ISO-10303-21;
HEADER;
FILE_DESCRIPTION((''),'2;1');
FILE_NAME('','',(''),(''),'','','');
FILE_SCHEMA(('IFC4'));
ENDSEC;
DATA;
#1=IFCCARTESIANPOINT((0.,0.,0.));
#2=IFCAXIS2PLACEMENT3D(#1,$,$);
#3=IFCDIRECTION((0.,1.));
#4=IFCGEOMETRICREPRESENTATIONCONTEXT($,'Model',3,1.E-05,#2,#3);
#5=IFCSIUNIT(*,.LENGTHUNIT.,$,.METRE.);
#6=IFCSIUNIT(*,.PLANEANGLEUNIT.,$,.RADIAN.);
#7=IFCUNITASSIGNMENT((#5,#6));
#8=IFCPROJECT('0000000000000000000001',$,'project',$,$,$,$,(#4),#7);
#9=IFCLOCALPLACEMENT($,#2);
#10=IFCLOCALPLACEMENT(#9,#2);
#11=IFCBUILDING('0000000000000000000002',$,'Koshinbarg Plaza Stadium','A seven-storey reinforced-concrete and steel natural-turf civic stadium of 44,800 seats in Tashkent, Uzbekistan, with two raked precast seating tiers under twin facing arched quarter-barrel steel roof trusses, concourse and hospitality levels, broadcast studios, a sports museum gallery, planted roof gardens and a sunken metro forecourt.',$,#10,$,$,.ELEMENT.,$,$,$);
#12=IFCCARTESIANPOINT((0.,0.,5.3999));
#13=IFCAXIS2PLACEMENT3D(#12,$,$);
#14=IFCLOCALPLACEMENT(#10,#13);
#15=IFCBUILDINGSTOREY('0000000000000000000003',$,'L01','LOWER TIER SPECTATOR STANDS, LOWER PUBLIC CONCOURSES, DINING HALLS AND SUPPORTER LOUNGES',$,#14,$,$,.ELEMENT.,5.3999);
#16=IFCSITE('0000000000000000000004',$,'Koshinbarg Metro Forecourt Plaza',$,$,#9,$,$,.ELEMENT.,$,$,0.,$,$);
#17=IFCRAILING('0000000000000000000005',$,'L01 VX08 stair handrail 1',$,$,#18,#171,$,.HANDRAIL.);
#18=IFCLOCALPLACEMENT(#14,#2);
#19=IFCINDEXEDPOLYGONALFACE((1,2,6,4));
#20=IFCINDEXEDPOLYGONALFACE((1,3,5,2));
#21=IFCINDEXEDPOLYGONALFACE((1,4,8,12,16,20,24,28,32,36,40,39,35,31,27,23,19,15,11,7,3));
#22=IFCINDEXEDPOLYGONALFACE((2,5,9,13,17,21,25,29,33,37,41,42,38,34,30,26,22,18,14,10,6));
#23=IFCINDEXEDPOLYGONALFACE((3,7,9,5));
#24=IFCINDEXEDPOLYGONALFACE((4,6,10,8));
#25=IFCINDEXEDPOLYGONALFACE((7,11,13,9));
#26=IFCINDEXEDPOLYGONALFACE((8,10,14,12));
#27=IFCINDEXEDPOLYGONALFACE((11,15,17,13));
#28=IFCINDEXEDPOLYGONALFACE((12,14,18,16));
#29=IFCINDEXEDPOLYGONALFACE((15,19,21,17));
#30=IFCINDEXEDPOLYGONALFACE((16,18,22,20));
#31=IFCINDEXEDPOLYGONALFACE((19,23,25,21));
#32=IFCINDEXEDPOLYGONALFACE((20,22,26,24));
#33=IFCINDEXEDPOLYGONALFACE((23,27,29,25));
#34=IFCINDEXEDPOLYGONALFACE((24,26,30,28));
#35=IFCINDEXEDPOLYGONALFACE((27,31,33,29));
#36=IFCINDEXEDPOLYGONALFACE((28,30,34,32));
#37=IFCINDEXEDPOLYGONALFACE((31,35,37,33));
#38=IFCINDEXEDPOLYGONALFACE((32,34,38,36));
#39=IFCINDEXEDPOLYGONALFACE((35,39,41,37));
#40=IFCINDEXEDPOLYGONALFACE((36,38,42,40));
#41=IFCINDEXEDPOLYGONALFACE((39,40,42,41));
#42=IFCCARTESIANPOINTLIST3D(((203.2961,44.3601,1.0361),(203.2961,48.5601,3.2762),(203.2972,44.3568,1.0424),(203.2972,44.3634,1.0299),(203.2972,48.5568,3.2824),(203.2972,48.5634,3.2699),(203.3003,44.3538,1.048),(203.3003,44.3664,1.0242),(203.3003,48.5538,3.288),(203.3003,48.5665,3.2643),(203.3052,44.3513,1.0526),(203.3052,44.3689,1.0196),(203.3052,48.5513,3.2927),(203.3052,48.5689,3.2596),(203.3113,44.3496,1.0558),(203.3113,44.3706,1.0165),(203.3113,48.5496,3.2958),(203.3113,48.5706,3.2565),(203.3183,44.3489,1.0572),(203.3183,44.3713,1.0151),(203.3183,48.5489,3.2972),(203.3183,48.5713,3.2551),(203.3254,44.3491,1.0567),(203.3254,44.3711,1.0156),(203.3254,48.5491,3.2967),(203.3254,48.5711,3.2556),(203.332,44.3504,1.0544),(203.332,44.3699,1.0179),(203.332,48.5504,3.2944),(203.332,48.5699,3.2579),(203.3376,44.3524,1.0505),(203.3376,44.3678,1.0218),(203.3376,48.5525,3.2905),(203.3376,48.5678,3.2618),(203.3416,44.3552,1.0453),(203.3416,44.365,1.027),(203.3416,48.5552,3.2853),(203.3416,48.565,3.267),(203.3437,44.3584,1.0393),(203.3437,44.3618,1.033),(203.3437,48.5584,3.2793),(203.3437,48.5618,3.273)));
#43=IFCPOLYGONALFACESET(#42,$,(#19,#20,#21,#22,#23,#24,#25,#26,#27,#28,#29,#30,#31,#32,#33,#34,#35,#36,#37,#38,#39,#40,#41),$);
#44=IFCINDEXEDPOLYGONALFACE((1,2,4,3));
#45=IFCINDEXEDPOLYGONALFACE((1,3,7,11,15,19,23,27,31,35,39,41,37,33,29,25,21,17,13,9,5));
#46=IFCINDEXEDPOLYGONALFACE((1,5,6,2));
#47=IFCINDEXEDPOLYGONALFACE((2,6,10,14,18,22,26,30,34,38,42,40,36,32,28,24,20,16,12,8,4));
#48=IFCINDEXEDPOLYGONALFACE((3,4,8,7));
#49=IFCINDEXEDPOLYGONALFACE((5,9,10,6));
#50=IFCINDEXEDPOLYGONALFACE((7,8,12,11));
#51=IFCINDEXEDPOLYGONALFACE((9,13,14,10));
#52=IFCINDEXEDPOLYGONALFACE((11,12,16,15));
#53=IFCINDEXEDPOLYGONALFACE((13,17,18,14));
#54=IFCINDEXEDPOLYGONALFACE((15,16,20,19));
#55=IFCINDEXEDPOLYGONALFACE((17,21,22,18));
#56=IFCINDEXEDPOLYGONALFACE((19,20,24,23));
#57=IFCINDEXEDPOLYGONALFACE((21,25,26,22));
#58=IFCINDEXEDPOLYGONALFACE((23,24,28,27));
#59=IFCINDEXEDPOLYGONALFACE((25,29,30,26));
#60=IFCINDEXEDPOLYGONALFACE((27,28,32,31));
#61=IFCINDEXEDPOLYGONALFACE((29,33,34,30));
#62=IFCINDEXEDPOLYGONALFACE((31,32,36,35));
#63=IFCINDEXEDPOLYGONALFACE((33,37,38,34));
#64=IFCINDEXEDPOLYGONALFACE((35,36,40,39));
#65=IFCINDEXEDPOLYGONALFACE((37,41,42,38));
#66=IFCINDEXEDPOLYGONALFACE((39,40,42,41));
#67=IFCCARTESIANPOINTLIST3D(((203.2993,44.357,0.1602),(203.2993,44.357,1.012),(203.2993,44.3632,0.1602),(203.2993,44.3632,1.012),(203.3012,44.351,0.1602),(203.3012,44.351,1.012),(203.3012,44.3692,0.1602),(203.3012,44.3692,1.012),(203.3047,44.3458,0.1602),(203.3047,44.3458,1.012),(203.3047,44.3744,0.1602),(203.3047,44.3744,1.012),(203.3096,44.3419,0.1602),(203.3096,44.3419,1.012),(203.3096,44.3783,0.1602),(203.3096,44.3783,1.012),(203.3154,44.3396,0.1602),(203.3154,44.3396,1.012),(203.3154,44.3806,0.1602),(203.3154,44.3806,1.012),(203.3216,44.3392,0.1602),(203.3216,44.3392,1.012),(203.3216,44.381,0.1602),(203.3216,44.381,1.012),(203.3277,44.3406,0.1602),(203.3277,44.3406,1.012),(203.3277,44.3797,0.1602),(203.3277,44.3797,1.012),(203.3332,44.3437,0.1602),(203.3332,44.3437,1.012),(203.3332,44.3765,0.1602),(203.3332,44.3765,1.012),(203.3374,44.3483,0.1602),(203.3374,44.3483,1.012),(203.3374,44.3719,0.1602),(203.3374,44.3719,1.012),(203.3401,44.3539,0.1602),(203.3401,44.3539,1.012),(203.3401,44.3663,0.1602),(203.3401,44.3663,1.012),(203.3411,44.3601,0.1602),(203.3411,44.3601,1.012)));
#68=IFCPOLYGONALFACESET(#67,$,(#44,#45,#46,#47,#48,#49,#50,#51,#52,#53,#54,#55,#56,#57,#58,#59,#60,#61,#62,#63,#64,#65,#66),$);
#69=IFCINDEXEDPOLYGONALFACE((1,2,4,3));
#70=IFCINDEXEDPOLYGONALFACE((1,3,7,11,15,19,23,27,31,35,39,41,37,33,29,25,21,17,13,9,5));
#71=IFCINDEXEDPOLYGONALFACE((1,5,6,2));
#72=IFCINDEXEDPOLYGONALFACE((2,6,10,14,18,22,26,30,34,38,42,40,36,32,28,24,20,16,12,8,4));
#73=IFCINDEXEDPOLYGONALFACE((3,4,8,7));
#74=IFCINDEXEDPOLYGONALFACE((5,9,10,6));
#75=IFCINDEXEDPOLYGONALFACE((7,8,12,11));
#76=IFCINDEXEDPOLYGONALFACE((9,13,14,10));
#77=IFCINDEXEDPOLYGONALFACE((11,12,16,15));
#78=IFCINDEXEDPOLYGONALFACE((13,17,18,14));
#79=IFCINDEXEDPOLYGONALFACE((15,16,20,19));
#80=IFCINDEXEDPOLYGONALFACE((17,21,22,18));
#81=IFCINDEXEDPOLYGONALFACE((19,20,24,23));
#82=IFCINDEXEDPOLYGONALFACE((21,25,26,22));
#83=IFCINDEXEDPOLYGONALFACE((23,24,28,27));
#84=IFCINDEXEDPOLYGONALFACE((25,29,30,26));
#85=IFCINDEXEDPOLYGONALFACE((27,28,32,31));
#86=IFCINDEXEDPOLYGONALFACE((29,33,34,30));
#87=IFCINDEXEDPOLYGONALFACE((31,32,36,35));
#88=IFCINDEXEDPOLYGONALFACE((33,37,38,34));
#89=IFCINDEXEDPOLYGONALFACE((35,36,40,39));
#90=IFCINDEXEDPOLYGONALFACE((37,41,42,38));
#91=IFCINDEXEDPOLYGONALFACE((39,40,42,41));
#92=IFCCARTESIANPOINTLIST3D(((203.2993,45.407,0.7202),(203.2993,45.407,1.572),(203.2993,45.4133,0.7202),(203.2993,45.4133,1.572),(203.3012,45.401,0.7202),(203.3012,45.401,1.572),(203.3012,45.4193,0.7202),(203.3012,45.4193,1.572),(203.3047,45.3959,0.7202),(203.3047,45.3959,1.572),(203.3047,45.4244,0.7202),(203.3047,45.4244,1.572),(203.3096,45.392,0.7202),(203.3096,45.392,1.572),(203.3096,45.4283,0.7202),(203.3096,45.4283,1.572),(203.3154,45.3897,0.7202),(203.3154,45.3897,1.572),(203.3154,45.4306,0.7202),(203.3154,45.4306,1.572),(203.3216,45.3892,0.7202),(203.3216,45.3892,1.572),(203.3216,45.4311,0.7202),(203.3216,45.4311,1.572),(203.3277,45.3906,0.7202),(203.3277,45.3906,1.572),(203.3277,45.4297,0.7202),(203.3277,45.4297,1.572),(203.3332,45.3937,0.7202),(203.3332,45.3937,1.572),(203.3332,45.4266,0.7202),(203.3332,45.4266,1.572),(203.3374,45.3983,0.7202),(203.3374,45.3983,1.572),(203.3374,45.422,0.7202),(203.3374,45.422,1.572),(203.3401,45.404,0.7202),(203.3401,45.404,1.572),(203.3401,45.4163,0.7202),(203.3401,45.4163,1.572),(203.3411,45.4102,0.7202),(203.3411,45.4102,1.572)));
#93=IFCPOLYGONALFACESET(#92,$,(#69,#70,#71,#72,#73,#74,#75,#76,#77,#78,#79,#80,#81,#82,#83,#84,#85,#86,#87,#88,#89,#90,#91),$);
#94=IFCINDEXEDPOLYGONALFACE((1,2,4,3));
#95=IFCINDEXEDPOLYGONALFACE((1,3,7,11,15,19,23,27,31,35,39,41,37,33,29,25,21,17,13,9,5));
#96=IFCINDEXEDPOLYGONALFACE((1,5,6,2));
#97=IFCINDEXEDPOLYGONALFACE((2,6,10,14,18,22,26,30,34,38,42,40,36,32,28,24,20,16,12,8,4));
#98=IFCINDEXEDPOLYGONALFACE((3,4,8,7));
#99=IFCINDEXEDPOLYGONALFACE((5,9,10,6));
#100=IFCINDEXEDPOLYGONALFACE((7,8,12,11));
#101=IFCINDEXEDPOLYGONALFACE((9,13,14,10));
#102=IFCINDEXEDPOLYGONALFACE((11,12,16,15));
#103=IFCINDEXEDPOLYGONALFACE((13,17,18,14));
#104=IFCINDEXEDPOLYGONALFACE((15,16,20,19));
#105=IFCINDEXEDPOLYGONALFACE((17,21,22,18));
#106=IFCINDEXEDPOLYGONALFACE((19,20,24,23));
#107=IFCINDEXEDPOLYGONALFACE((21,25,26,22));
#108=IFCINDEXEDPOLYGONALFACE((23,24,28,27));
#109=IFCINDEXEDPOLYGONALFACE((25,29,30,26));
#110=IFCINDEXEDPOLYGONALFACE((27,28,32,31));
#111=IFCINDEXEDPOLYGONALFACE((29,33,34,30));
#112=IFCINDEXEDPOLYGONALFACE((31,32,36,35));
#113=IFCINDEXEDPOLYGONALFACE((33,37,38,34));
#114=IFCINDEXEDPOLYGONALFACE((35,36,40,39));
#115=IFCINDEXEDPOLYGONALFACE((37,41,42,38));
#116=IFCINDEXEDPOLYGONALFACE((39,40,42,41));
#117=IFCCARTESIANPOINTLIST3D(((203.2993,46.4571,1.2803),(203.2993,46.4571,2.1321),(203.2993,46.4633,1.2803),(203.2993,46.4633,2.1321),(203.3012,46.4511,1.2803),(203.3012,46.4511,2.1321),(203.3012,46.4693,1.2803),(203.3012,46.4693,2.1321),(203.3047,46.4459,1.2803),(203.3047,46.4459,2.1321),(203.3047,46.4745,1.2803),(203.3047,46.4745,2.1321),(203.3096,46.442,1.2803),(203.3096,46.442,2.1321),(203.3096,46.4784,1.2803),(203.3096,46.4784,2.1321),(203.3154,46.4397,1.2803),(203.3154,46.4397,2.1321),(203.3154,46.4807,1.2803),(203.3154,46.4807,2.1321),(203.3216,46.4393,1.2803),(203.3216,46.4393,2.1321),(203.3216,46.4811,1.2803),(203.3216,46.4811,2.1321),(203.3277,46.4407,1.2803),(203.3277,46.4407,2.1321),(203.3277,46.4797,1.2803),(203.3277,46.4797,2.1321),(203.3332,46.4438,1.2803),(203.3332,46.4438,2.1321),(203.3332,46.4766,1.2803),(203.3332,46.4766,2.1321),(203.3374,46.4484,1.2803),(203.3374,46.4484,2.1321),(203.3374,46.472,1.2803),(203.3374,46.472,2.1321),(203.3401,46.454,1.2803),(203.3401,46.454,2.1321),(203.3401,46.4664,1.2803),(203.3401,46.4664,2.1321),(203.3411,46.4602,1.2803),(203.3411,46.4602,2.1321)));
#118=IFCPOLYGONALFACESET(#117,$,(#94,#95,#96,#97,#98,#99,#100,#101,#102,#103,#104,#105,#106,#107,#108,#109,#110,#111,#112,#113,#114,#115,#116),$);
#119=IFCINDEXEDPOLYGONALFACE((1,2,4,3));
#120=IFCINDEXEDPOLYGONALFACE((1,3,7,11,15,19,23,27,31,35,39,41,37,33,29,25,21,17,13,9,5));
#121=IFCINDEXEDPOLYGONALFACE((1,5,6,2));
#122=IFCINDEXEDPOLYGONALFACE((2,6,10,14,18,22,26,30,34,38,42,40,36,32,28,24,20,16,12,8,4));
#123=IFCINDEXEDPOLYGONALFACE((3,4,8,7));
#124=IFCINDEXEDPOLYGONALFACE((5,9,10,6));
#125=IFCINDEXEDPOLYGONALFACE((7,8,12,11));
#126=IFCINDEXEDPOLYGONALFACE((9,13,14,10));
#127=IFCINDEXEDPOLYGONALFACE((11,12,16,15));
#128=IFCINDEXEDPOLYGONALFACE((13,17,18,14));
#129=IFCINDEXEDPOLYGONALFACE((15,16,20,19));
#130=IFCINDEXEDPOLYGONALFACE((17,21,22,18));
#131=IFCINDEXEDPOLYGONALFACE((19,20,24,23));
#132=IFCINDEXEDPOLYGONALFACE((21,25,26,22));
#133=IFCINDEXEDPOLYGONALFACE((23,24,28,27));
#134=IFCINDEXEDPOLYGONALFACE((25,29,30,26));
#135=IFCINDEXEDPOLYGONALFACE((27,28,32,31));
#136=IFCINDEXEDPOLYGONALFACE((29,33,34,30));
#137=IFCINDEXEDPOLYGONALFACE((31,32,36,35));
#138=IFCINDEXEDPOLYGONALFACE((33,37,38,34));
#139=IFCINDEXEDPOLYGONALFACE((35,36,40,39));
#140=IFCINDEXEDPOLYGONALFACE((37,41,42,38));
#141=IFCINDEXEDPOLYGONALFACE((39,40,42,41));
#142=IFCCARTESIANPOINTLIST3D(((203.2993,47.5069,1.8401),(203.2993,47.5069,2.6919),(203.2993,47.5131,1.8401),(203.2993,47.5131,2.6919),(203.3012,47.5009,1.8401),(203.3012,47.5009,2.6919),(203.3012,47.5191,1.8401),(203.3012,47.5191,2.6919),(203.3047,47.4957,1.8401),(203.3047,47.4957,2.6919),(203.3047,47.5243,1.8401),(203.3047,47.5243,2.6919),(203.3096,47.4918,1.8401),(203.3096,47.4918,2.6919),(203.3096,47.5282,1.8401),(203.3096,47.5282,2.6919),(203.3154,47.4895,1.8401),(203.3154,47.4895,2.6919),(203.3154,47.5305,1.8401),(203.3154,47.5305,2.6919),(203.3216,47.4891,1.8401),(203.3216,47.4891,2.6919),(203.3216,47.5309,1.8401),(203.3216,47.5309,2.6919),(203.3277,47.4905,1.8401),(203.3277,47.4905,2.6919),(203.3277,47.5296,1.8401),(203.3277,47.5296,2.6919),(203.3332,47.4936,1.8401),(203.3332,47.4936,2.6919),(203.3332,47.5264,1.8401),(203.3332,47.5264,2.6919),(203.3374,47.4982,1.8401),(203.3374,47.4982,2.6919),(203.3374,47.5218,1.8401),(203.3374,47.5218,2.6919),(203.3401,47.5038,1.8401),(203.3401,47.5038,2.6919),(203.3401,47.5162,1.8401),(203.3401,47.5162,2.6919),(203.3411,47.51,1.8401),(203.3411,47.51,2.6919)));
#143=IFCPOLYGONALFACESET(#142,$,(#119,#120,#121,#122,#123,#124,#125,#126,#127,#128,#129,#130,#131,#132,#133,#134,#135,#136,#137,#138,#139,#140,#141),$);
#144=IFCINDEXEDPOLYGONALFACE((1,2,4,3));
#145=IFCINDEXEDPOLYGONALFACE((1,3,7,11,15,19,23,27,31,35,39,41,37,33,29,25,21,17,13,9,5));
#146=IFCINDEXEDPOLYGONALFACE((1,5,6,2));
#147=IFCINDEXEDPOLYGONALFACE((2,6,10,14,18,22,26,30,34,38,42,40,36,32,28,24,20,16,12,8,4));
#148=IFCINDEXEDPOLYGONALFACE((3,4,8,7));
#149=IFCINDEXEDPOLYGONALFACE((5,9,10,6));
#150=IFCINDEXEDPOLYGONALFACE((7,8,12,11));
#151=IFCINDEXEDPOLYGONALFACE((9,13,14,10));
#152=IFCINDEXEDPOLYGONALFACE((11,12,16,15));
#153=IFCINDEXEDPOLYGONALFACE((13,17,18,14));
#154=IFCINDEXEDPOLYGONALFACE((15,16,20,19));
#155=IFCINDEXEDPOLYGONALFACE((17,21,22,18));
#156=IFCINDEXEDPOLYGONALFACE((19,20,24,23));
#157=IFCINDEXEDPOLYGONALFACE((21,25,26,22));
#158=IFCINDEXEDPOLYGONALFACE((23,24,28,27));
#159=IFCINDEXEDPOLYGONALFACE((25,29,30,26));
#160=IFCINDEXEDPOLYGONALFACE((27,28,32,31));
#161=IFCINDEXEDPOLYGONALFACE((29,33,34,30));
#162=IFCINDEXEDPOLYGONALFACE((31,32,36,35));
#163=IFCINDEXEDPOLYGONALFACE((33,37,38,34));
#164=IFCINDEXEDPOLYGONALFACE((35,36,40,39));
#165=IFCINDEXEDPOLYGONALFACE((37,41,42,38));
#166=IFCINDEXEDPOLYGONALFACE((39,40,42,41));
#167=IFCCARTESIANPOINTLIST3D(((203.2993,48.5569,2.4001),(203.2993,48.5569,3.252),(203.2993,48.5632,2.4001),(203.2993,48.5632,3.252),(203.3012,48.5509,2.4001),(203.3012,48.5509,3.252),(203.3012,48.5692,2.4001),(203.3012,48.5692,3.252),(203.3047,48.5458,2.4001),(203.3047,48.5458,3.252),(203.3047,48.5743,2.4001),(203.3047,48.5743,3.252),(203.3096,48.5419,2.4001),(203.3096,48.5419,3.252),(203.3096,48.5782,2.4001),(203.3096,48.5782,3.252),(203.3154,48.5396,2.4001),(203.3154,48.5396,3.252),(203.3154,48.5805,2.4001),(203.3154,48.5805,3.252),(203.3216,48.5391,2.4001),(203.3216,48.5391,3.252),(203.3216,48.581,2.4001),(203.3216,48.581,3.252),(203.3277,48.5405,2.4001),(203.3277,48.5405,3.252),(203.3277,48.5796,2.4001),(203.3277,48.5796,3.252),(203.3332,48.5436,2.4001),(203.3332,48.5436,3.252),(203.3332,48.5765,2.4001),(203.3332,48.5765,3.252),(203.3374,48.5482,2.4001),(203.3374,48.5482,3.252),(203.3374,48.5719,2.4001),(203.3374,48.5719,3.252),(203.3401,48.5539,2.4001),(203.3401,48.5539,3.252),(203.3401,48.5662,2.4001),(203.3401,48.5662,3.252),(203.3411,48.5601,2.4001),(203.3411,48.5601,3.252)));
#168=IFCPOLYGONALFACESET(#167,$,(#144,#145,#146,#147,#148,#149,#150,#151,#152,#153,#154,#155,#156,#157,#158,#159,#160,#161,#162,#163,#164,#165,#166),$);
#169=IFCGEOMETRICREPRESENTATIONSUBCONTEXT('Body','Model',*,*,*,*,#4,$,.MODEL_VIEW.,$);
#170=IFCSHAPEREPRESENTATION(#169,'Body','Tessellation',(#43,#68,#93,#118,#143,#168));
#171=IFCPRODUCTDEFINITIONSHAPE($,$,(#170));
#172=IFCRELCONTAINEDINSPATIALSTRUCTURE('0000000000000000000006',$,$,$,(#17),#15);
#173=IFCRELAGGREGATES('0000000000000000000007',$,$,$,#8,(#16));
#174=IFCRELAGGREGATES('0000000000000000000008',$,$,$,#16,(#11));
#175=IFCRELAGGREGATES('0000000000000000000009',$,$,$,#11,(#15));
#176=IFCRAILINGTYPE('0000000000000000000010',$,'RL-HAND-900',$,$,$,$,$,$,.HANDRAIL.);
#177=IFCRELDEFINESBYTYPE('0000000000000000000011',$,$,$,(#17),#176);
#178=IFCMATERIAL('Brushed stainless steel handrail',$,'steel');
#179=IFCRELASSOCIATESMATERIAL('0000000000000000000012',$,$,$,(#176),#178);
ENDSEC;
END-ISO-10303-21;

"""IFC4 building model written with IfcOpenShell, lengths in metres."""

from ifc_helpers import new_model, si_unit, direction, frame, origin, origin_2d, place, context, subcontext, project, spatial, circle, extrude, material, type_object, element, save


model = new_model("IFC4")

# Units and contexts
model_context = context("Model", 3, precision=1e-05, world=origin(), true_north=direction((0.0, 1.0)))
body_context = subcontext(model_context, "Body", "Model", "MODEL_VIEW")
ifc_project = project(units=[si_unit("LENGTHUNIT", "METRE"), si_unit("PLANEANGLEUNIT", "RADIAN")], contexts=[model_context])

# Site, building, storey
site_placement = place(None, origin())
site = spatial("IfcSite", under=ifc_project, at=site_placement, Name="Koshinbarg Metro Forecourt Plaza", CompositionType="ELEMENT", RefElevation=0.0)
building_placement = place(site_placement, origin())
building = spatial("IfcBuilding", under=site, at=building_placement, Name="Koshinbarg Plaza Stadium", Description="A seven-storey reinforced-concrete and steel natural-turf civic stadium of 44,800 seats in Tashkent, Uzbekistan, with two raked precast seating tiers under twin facing arched quarter-barrel steel roof trusses, concourse and hospitality levels, broadcast studios, a sports museum gallery, planted roof gardens and a sunken metro forecourt.", CompositionType="ELEMENT")
storey_placement = place(building_placement, frame((0.0, 0.0, 5.3999)))
storey = spatial("IfcBuildingStorey", under=building, at=storey_placement, Name="L01", Description="LOWER TIER SPECTATOR STANDS, LOWER PUBLIC CONCOURSES, DINING HALLS AND SUPPORTER LOUNGES", CompositionType="ELEMENT", Elevation=5.3999)

# Railing
ifc_material_1 = material(Name="Brushed stainless steel handrail", Category="steel")
railing_type_1 = type_object("IfcRailingType", Name="RL-HAND-900", PredefinedType="HANDRAIL", material=ifc_material_1)
railing_1_placement = place(storey_placement, frame((203.3201, 44.3601, 0.1602)))
element("IfcRailing", 1, at=railing_1_placement, inside=storey, type_object=railing_type_1, Name="L01 VX08 stair handrail 1", PredefinedType="HANDRAIL", context=body_context, shape_type="SweptSolid", body=[
    extrude(circle(Radius=0.0239, at=origin_2d()), frame((0.0, 0.0, 0.876), z_axis=(0.0, 0.882352, 0.470591), x_axis=(-1.0, 0.0, 0.0)), (0.0, 0.0, 1.0), 4.76),
    extrude(circle(Radius=0.021, at=origin_2d()), origin(), (0.0, 0.0, 1.0), 0.8518),
    extrude(circle(Radius=0.021, at=origin_2d()), frame((0.0, 1.05, 0.5601)), (0.0, 0.0, 1.0), 0.8518),
    extrude(circle(Radius=0.021, at=origin_2d()), frame((0.0, 2.1001, 1.1201)), (0.0, 0.0, 1.0), 0.8518),
    extrude(circle(Radius=0.021, at=origin_2d()), frame((0.0, 3.1499, 1.6799)), (0.0, 0.0, 1.0), 0.8518),
    extrude(circle(Radius=0.021, at=origin_2d()), frame((0.0, 4.2, 2.24)), (0.0, 0.0, 1.0), 0.8518),
])

save(model, "model.ifc")
